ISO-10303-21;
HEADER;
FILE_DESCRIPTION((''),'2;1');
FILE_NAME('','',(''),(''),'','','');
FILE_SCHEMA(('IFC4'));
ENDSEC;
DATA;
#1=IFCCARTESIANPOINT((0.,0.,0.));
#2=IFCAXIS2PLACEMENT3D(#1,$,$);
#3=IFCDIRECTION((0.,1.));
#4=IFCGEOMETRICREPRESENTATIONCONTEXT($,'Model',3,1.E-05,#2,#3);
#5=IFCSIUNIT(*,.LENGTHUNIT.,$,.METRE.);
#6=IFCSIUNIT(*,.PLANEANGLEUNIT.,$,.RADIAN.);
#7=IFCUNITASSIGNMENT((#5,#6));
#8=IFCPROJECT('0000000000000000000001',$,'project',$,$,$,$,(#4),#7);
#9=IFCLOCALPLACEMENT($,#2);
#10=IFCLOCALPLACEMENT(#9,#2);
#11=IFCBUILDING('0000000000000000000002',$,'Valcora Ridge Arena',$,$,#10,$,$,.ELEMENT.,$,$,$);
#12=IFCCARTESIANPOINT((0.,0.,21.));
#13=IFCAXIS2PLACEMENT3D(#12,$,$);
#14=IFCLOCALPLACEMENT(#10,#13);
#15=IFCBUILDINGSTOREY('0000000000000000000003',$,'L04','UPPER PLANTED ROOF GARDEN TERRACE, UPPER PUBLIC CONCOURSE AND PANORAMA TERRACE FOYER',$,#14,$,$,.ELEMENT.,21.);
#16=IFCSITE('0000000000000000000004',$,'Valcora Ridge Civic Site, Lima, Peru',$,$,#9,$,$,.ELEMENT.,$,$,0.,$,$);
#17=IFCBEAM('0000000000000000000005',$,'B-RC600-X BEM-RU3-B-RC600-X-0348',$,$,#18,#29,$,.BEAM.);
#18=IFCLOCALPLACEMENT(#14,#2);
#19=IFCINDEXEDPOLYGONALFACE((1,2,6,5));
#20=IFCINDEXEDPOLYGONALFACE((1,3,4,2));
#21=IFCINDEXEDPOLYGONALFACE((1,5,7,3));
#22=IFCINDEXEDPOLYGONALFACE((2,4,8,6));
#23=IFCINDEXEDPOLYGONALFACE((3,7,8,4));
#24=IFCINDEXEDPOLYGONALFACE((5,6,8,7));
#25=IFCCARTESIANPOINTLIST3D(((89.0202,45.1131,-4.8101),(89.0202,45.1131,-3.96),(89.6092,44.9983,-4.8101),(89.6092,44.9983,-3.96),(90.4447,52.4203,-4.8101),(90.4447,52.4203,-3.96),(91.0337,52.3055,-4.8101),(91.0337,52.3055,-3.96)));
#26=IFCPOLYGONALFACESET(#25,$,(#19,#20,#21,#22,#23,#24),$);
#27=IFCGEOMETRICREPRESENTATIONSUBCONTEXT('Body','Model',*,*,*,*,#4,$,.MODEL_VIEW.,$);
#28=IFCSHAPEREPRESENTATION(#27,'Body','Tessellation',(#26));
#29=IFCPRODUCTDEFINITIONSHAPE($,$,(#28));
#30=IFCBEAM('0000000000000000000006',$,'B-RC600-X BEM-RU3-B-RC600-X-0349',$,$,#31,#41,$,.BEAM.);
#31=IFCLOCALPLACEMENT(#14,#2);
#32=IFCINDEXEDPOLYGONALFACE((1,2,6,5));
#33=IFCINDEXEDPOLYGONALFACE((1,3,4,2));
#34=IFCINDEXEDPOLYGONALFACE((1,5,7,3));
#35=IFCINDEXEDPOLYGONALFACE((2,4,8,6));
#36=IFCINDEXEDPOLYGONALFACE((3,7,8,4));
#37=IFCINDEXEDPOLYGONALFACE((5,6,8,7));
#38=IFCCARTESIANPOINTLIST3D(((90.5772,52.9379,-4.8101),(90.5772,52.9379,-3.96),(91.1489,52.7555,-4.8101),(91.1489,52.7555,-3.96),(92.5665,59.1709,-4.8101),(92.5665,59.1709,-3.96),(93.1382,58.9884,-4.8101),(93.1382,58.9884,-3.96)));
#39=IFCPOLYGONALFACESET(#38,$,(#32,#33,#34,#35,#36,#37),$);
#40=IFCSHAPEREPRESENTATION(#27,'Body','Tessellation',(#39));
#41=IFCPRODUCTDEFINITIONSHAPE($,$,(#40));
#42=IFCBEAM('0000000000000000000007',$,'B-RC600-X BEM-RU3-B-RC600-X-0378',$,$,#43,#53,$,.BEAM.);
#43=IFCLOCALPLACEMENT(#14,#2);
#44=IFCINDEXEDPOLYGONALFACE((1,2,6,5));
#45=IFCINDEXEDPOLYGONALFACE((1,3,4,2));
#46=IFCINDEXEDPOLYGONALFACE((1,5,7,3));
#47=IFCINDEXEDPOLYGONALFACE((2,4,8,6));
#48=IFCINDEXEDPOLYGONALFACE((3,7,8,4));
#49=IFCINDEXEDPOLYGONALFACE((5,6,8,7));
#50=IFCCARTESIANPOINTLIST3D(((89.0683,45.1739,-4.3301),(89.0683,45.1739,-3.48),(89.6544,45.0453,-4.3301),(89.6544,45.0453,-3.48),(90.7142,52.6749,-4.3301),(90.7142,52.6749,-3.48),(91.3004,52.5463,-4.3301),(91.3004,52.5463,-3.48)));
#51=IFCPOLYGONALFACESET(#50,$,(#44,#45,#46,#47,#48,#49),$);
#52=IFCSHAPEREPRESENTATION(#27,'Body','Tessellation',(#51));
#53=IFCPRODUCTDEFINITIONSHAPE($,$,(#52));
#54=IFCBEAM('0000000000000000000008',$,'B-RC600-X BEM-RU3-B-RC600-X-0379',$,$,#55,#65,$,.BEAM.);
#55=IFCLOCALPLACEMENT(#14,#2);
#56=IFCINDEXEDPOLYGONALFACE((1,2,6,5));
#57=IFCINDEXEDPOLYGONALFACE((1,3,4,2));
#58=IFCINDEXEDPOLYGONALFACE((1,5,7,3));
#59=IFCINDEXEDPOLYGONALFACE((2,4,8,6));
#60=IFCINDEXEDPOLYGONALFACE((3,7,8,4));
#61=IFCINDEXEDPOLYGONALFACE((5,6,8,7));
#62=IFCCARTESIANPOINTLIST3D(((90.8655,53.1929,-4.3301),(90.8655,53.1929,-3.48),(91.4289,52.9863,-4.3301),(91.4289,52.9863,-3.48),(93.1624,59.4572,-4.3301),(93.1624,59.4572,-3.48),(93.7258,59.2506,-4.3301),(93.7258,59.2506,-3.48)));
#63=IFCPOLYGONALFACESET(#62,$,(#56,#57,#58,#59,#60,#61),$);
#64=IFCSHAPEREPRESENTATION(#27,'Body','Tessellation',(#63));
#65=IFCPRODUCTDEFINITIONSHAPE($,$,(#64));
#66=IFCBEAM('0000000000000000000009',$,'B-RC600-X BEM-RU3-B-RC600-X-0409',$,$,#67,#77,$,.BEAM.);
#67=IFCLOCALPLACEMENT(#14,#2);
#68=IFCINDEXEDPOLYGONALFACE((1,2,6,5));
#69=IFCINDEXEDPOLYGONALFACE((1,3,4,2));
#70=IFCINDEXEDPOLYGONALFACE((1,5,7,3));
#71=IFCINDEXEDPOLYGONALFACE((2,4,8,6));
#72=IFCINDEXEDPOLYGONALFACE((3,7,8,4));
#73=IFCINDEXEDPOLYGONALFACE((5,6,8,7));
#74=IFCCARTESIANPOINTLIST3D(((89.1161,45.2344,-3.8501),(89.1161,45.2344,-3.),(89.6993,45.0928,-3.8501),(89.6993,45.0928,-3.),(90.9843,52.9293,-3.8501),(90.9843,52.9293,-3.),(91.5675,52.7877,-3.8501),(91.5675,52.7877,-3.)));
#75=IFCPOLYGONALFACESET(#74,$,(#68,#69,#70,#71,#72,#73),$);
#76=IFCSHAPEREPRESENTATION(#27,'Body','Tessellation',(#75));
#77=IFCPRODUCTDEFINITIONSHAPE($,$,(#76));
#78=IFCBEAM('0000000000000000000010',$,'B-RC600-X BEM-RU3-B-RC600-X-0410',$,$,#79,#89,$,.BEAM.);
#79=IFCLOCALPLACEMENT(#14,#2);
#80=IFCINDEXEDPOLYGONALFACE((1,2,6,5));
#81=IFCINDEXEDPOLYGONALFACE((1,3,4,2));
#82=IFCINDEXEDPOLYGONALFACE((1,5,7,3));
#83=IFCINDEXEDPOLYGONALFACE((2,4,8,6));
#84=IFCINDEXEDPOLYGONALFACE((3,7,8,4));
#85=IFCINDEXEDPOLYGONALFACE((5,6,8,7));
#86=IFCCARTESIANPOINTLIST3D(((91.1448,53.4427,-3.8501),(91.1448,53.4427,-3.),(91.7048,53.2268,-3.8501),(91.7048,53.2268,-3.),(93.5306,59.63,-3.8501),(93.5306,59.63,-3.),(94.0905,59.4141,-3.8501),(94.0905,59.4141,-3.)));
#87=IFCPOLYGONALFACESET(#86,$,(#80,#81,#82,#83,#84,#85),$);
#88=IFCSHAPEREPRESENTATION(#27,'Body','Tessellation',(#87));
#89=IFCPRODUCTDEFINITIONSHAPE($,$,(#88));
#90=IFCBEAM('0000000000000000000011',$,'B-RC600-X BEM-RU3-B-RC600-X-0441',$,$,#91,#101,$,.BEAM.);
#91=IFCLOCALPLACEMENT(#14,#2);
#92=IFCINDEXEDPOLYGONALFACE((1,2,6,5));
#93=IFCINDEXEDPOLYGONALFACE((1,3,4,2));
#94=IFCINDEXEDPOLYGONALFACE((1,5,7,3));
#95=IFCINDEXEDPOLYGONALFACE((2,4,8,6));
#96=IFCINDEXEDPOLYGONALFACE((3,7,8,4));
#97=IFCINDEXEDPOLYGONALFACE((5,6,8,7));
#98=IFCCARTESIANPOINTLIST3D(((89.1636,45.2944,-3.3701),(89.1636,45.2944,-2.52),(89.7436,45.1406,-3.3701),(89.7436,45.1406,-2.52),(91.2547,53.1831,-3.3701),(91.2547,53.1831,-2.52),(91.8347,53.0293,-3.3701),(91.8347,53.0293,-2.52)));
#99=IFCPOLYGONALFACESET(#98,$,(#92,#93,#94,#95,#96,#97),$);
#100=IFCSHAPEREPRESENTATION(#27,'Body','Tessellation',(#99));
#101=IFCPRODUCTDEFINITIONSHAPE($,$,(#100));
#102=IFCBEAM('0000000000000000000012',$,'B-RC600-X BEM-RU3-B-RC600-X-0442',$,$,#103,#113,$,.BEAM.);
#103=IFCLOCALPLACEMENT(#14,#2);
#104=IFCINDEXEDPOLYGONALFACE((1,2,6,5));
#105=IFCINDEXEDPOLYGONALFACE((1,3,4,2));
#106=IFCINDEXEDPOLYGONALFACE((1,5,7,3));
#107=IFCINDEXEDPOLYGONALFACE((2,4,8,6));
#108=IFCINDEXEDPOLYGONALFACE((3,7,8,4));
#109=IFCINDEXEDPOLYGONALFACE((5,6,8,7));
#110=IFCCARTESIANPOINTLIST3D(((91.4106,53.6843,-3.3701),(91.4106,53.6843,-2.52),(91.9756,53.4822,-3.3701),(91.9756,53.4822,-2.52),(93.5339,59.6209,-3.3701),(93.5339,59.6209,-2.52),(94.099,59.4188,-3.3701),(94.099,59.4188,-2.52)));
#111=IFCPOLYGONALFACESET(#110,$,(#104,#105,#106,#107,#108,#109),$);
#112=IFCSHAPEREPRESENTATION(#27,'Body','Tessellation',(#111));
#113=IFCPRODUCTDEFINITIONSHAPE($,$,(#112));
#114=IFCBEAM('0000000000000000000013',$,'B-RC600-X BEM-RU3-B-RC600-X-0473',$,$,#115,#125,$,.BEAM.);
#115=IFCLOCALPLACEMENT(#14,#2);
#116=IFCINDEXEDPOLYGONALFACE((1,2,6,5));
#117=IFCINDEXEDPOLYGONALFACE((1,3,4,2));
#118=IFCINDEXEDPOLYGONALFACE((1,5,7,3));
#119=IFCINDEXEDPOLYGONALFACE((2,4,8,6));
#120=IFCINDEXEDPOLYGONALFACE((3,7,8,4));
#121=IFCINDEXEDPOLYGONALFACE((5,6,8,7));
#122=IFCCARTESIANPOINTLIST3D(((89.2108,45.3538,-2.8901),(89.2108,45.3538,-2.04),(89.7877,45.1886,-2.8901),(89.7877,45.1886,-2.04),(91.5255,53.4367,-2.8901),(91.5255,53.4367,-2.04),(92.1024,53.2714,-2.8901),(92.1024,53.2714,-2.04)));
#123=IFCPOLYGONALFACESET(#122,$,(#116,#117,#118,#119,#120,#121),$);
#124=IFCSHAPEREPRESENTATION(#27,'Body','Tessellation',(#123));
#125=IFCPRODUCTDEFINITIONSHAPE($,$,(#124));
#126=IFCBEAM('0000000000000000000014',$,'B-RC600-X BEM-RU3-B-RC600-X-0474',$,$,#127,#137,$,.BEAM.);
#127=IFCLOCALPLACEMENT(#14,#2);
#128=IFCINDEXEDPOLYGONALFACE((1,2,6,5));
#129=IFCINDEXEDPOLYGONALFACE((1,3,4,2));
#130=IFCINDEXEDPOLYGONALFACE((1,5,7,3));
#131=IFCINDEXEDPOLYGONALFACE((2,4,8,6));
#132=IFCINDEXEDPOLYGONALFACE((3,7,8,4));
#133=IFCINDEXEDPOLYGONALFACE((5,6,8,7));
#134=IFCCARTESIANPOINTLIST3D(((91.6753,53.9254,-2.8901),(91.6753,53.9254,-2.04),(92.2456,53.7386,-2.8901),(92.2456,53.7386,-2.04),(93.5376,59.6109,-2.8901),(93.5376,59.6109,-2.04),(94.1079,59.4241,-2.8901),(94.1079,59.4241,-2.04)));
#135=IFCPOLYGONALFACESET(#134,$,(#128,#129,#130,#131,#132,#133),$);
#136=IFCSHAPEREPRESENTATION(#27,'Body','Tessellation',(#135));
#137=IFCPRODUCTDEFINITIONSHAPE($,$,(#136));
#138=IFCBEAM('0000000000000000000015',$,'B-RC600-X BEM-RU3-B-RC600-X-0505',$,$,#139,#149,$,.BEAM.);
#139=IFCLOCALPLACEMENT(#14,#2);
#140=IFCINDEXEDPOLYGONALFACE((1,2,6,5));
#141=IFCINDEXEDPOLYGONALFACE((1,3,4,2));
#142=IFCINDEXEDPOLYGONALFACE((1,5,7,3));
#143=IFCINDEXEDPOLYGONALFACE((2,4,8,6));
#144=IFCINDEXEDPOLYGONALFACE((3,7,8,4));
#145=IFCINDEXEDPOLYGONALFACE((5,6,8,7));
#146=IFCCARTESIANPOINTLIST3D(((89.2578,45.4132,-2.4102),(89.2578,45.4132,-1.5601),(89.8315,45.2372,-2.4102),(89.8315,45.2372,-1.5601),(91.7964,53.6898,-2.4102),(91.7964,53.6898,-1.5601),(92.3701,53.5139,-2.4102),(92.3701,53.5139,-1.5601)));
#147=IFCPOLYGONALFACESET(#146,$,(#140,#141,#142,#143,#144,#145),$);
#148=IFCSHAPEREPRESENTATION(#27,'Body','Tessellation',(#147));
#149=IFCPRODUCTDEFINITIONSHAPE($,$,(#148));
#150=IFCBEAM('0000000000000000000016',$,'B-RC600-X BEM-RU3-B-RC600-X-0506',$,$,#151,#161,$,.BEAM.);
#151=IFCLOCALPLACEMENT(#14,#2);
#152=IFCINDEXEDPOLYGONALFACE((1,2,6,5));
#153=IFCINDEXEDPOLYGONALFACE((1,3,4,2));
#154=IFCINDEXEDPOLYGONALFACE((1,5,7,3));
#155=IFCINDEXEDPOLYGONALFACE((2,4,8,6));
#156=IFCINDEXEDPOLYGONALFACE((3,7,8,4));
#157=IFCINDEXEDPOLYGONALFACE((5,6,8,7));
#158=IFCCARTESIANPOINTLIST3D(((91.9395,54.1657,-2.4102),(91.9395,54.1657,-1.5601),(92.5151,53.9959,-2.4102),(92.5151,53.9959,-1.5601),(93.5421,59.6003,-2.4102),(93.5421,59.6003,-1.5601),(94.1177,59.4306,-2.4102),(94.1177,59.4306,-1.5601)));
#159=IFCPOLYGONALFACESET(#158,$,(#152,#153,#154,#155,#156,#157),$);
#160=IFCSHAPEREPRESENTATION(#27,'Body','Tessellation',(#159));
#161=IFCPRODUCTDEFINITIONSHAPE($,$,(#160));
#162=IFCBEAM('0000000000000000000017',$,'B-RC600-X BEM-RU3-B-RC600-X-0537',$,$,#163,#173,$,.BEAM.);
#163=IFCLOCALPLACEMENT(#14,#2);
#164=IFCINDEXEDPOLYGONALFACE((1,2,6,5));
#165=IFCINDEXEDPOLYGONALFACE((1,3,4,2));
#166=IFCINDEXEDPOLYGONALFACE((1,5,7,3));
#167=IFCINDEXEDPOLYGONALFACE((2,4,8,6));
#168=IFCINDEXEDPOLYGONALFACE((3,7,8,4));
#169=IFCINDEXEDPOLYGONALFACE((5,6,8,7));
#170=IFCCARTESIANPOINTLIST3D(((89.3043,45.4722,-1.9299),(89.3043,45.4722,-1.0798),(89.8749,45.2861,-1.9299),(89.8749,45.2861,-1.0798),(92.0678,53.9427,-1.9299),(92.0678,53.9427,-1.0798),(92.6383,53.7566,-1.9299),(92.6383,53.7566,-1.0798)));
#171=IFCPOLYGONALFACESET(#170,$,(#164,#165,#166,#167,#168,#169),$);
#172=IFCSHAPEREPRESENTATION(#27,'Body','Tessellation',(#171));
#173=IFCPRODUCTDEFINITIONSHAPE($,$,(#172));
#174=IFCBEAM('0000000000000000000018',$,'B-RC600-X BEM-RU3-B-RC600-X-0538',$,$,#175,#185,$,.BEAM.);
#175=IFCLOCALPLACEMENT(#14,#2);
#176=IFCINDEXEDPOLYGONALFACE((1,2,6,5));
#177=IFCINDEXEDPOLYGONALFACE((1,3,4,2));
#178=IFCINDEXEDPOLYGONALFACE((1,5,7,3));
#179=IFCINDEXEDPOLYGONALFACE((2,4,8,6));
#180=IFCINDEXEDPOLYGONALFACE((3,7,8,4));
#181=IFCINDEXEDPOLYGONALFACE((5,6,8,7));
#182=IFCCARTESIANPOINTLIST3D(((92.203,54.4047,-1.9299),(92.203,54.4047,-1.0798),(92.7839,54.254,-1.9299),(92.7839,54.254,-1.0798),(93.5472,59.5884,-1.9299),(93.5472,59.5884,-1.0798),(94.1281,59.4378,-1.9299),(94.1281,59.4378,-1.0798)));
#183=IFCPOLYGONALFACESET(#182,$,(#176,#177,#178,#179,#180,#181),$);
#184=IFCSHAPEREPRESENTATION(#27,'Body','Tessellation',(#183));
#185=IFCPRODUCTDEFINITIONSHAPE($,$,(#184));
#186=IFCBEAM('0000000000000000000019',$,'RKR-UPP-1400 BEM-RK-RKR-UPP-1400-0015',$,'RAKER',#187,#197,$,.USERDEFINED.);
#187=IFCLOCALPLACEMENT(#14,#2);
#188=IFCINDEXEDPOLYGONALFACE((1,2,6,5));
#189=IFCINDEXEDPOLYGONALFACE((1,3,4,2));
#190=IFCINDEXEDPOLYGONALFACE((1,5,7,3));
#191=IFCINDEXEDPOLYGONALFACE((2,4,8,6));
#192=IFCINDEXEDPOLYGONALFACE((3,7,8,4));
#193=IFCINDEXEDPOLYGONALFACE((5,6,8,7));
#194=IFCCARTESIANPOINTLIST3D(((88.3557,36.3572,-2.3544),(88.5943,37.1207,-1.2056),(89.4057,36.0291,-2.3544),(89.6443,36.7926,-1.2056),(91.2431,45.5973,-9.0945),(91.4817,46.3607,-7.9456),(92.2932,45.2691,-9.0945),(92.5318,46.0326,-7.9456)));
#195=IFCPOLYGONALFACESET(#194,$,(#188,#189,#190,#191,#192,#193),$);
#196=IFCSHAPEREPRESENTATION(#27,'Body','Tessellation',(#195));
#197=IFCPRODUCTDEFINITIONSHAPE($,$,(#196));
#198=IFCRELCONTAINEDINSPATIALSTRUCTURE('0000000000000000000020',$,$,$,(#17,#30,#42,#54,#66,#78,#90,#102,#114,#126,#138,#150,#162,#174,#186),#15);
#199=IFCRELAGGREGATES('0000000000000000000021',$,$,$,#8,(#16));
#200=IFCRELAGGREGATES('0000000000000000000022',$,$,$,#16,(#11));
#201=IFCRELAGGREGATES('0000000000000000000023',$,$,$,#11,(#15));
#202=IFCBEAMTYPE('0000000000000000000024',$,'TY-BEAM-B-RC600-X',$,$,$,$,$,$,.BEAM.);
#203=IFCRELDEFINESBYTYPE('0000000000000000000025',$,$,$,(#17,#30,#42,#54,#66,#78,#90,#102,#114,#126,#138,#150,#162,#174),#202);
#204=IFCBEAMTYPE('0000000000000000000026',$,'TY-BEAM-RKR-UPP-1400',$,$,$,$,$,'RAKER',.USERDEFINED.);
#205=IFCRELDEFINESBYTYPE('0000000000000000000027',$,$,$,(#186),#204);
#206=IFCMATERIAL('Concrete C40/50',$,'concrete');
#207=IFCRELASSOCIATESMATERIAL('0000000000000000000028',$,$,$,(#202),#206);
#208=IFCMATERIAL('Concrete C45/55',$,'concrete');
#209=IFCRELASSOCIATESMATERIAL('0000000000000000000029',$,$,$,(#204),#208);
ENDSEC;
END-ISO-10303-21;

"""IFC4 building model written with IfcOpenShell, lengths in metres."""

from ifc_helpers import new_model, si_unit, direction, frame, origin, origin_2d, place, context, subcontext, project, spatial, rectangle, extrude, material, material_profile, profile_set, type_object, element, save


model = new_model("IFC4")

# Units and contexts
model_context = context("Model", 3, precision=1e-05, world=origin(), true_north=direction((0.0, 1.0)))
body_context = subcontext(model_context, "Body", "Model", "MODEL_VIEW")
ifc_project = project(units=[si_unit("LENGTHUNIT", "METRE"), si_unit("PLANEANGLEUNIT", "RADIAN")], contexts=[model_context])

# Site, building, storey
site_placement = place(None, origin())
site = spatial("IfcSite", under=ifc_project, at=site_placement, Name="Valcora Ridge Civic Site, Lima, Peru", CompositionType="ELEMENT", RefElevation=0.0)
building_placement = place(site_placement, origin())
building = spatial("IfcBuilding", under=site, at=building_placement, Name="Valcora Ridge Arena", CompositionType="ELEMENT")
storey_placement = place(building_placement, frame((0.0, 0.0, 21.0)))
storey = spatial("IfcBuildingStorey", under=building, at=storey_placement, Name="L04", Description="UPPER PLANTED ROOF GARDEN TERRACE, UPPER PUBLIC CONCOURSE AND PANORAMA TERRACE FOYER", CompositionType="ELEMENT", Elevation=21.0)

# Beams
ifc_material_1 = material(Name="Concrete C40/50", Category="concrete")
ifc_material_profile_1 = material_profile(ifc_material_1, rectangle(XDim=0.6001, YDim=0.8501, at=origin_2d()), Name="RC 600x850")
ifc_profile_set_1 = profile_set([ifc_material_profile_1], Name="Concrete C40/50")
beam_type_1 = type_object("IfcBeamType", Name="TY-BEAM-B-RC600-X", PredefinedType="BEAM", material=ifc_profile_set_1)
beam_1_placement = place(storey_placement, frame((89.3147, 45.0557, -4.385), z_axis=(0.191346, 0.981523, 0.0), x_axis=(-0.981523, 0.191346, 0.0)))
element("IfcBeam", 1, at=beam_1_placement, inside=storey, type_object=beam_type_1, Name="B-RC600-X BEM-RU3-B-RC600-X-0348", PredefinedType="BEAM", context=body_context, shape_type="SweptSolid", body=[
    extrude(rectangle(XDim=0.6001, YDim=0.8501, at=origin_2d()), origin(), (0.0, 0.0, 1.0), 7.4448),
])
beam_2_placement = place(storey_placement, frame((90.863, 52.8467, -4.385), z_axis=(0.304044, 0.952658, 0.0), x_axis=(-0.952658, 0.304044, 0.0)))
element("IfcBeam", 2, at=beam_2_placement, inside=storey, type_object=beam_type_1, Name="B-RC600-X BEM-RU3-B-RC600-X-0349", PredefinedType="BEAM", context=body_context, shape_type="SweptSolid", body=[
    extrude(rectangle(XDim=0.6001, YDim=0.8501, at=origin_2d()), origin(), (0.0, 0.0, 1.0), 6.5427),
])
beam_3_placement = place(storey_placement, frame((89.3613, 45.1096, -3.905), z_axis=(0.214338, 0.97676, 0.0), x_axis=(-0.97676, 0.214338, 0.0)))
element("IfcBeam", 3, at=beam_3_placement, inside=storey, type_object=beam_type_1, Name="B-RC600-X BEM-RU3-B-RC600-X-0378", PredefinedType="BEAM", context=body_context, shape_type="SweptSolid", body=[
    extrude(rectangle(XDim=0.6001, YDim=0.8501, at=origin_2d()), origin(), (0.0, 0.0, 1.0), 7.6794),
])
beam_4_placement = place(storey_placement, frame((91.1472, 53.0896, -3.905), z_axis=(0.344245, 0.93888, 0.0), x_axis=(-0.93888, 0.344245, 0.0)))
element("IfcBeam", 4, at=beam_4_placement, inside=storey, type_object=beam_type_1, Name="B-RC600-X BEM-RU3-B-RC600-X-0379", PredefinedType="BEAM", context=body_context, shape_type="SweptSolid", body=[
    extrude(rectangle(XDim=0.6001, YDim=0.8501, at=origin_2d()), origin(), (0.0, 0.0, 1.0), 6.6721),
])
beam_5_placement = place(storey_placement, frame((89.4077, 45.1636, -3.425), z_axis=(0.235928, 0.97177, 0.0), x_axis=(-0.97177, 0.235928, 0.0)))
element("IfcBeam", 5, at=beam_5_placement, inside=storey, type_object=beam_type_1, Name="B-RC600-X BEM-RU3-B-RC600-X-0409", PredefinedType="BEAM", context=body_context, shape_type="SweptSolid", body=[
    extrude(rectangle(XDim=0.6001, YDim=0.8501, at=origin_2d()), origin(), (0.0, 0.0, 1.0), 7.9185),
])
beam_6_placement = place(storey_placement, frame((91.4248, 53.3347, -3.425), z_axis=(0.359771, 0.933041, 0.0), x_axis=(-0.933041, 0.359771, 0.0)))
element("IfcBeam", 6, at=beam_6_placement, inside=storey, type_object=beam_type_1, Name="B-RC600-X BEM-RU3-B-RC600-X-0410", PredefinedType="BEAM", context=body_context, shape_type="SweptSolid", body=[
    extrude(rectangle(XDim=0.6001, YDim=0.8501, at=origin_2d()), origin(), (0.0, 0.0, 1.0), 6.6313),
])
beam_7_placement = place(storey_placement, frame((89.4536, 45.2175, -2.9451), z_axis=(0.256223, 0.966618, 0.0), x_axis=(-0.966618, 0.256223, 0.0)))
element("IfcBeam", 7, at=beam_7_placement, inside=storey, type_object=beam_type_1, Name="B-RC600-X BEM-RU3-B-RC600-X-0441", PredefinedType="BEAM", context=body_context, shape_type="SweptSolid", body=[
    extrude(rectangle(XDim=0.6001, YDim=0.8501, at=origin_2d()), origin(), (0.0, 0.0, 1.0), 8.1611),
])
beam_8_placement = place(storey_placement, frame((91.6931, 53.5833, -2.9451), z_axis=(0.336773, 0.941586, 0.0), x_axis=(-0.941586, 0.336773, 0.0)))
element("IfcBeam", 8, at=beam_8_placement, inside=storey, type_object=beam_type_1, Name="B-RC600-X BEM-RU3-B-RC600-X-0442", PredefinedType="BEAM", context=body_context, shape_type="SweptSolid", body=[
    extrude(rectangle(XDim=0.6001, YDim=0.8501, at=origin_2d()), origin(), (0.0, 0.0, 1.0), 6.3049),
])
beam_9_placement = place(storey_placement, frame((89.4993, 45.2712, -2.4651), z_axis=(0.275308, 0.961356, 0.0), x_axis=(-0.961356, 0.275308, 0.0)))
element("IfcBeam", 9, at=beam_9_placement, inside=storey, type_object=beam_type_1, Name="B-RC600-X BEM-RU3-B-RC600-X-0473", PredefinedType="BEAM", context=body_context, shape_type="SweptSolid", body=[
    extrude(rectangle(XDim=0.6001, YDim=0.8501, at=origin_2d()), origin(), (0.0, 0.0, 1.0), 8.4077),
])
beam_10_placement = place(storey_placement, frame((91.9604, 53.832, -2.4651), z_axis=(0.311278, 0.950319, 0.0), x_axis=(-0.950319, 0.311278, 0.0)))
element("IfcBeam", 10, at=beam_10_placement, inside=storey, type_object=beam_type_1, Name="B-RC600-X BEM-RU3-B-RC600-X-0474", PredefinedType="BEAM", context=body_context, shape_type="SweptSolid", body=[
    extrude(rectangle(XDim=0.6001, YDim=0.8501, at=origin_2d()), origin(), (0.0, 0.0, 1.0), 5.9827),
])
beam_11_placement = place(storey_placement, frame((89.5447, 45.3252, -1.9851), z_axis=(0.293234, 0.956041, 0.0), x_axis=(-0.956041, 0.293234, 0.0)))
element("IfcBeam", 11, at=beam_11_placement, inside=storey, type_object=beam_type_1, Name="B-RC600-X BEM-RU3-B-RC600-X-0505", PredefinedType="BEAM", context=body_context, shape_type="SweptSolid", body=[
    extrude(rectangle(XDim=0.6001, YDim=0.8501, at=origin_2d()), origin(), (0.0, 0.0, 1.0), 8.6572),
])
beam_12_placement = place(storey_placement, frame((92.2273, 54.0808, -1.9851), z_axis=(0.282838, 0.959168, 0.0), x_axis=(-0.959168, 0.282838, 0.0)))
element("IfcBeam", 12, at=beam_12_placement, inside=storey, type_object=beam_type_1, Name="B-RC600-X BEM-RU3-B-RC600-X-0506", PredefinedType="BEAM", context=body_context, shape_type="SweptSolid", body=[
    extrude(rectangle(XDim=0.6001, YDim=0.8501, at=origin_2d()), origin(), (0.0, 0.0, 1.0), 5.666),
])
beam_13_placement = place(storey_placement, frame((89.5896, 45.3792, -1.5049), z_axis=(0.310155, 0.950686, 0.0), x_axis=(-0.950686, 0.310155, 0.0)))
element("IfcBeam", 13, at=beam_13_placement, inside=storey, type_object=beam_type_1, Name="B-RC600-X BEM-RU3-B-RC600-X-0537", PredefinedType="BEAM", context=body_context, shape_type="SweptSolid", body=[
    extrude(rectangle(XDim=0.6001, YDim=0.8501, at=origin_2d()), origin(), (0.0, 0.0, 1.0), 8.9099),
])
beam_14_placement = place(storey_placement, frame((92.4934, 54.3293, -1.5049), z_axis=(0.251011, 0.967984, 0.0), x_axis=(-0.967984, 0.251011, 0.0)))
element("IfcBeam", 14, at=beam_14_placement, inside=storey, type_object=beam_type_1, Name="B-RC600-X BEM-RU3-B-RC600-X-0538", PredefinedType="BEAM", context=body_context, shape_type="SweptSolid", body=[
    extrude(rectangle(XDim=0.6001, YDim=0.8501, at=origin_2d()), origin(), (0.0, 0.0, 1.0), 5.3552),
])
ifc_material_2 = material(Name="Concrete C45/55", Category="concrete")
ifc_material_profile_2 = material_profile(ifc_material_2, rectangle(XDim=1.1001, YDim=1.3999, at=origin_2d()), Name="RC 1100x1400")
ifc_profile_set_2 = profile_set([ifc_material_profile_2], Name="Concrete C45/55")
beam_type_2 = type_object("IfcBeamType", Name="TY-BEAM-RKR-UPP-1400", ElementType="RAKER", PredefinedType="USERDEFINED", material=ifc_profile_set_2)
beam_15_placement = place(storey_placement, frame((91.8875, 45.8149, -8.52), z_axis=(-0.244785, -0.783325, 0.571386), x_axis=(0.954481, -0.298271, 0.0)))
element("IfcBeam", 15, at=beam_15_placement, inside=storey, type_object=beam_type_2, Name="RKR-UPP-1400 BEM-RK-RKR-UPP-1400-0015", ObjectType="RAKER", PredefinedType="USERDEFINED", context=body_context, shape_type="SweptSolid", body=[
    extrude(rectangle(XDim=1.1001, YDim=1.3999, at=origin_2d()), origin(), (0.0, 0.0, 1.0), 11.7959),
])

save(model, "model.ifc")
